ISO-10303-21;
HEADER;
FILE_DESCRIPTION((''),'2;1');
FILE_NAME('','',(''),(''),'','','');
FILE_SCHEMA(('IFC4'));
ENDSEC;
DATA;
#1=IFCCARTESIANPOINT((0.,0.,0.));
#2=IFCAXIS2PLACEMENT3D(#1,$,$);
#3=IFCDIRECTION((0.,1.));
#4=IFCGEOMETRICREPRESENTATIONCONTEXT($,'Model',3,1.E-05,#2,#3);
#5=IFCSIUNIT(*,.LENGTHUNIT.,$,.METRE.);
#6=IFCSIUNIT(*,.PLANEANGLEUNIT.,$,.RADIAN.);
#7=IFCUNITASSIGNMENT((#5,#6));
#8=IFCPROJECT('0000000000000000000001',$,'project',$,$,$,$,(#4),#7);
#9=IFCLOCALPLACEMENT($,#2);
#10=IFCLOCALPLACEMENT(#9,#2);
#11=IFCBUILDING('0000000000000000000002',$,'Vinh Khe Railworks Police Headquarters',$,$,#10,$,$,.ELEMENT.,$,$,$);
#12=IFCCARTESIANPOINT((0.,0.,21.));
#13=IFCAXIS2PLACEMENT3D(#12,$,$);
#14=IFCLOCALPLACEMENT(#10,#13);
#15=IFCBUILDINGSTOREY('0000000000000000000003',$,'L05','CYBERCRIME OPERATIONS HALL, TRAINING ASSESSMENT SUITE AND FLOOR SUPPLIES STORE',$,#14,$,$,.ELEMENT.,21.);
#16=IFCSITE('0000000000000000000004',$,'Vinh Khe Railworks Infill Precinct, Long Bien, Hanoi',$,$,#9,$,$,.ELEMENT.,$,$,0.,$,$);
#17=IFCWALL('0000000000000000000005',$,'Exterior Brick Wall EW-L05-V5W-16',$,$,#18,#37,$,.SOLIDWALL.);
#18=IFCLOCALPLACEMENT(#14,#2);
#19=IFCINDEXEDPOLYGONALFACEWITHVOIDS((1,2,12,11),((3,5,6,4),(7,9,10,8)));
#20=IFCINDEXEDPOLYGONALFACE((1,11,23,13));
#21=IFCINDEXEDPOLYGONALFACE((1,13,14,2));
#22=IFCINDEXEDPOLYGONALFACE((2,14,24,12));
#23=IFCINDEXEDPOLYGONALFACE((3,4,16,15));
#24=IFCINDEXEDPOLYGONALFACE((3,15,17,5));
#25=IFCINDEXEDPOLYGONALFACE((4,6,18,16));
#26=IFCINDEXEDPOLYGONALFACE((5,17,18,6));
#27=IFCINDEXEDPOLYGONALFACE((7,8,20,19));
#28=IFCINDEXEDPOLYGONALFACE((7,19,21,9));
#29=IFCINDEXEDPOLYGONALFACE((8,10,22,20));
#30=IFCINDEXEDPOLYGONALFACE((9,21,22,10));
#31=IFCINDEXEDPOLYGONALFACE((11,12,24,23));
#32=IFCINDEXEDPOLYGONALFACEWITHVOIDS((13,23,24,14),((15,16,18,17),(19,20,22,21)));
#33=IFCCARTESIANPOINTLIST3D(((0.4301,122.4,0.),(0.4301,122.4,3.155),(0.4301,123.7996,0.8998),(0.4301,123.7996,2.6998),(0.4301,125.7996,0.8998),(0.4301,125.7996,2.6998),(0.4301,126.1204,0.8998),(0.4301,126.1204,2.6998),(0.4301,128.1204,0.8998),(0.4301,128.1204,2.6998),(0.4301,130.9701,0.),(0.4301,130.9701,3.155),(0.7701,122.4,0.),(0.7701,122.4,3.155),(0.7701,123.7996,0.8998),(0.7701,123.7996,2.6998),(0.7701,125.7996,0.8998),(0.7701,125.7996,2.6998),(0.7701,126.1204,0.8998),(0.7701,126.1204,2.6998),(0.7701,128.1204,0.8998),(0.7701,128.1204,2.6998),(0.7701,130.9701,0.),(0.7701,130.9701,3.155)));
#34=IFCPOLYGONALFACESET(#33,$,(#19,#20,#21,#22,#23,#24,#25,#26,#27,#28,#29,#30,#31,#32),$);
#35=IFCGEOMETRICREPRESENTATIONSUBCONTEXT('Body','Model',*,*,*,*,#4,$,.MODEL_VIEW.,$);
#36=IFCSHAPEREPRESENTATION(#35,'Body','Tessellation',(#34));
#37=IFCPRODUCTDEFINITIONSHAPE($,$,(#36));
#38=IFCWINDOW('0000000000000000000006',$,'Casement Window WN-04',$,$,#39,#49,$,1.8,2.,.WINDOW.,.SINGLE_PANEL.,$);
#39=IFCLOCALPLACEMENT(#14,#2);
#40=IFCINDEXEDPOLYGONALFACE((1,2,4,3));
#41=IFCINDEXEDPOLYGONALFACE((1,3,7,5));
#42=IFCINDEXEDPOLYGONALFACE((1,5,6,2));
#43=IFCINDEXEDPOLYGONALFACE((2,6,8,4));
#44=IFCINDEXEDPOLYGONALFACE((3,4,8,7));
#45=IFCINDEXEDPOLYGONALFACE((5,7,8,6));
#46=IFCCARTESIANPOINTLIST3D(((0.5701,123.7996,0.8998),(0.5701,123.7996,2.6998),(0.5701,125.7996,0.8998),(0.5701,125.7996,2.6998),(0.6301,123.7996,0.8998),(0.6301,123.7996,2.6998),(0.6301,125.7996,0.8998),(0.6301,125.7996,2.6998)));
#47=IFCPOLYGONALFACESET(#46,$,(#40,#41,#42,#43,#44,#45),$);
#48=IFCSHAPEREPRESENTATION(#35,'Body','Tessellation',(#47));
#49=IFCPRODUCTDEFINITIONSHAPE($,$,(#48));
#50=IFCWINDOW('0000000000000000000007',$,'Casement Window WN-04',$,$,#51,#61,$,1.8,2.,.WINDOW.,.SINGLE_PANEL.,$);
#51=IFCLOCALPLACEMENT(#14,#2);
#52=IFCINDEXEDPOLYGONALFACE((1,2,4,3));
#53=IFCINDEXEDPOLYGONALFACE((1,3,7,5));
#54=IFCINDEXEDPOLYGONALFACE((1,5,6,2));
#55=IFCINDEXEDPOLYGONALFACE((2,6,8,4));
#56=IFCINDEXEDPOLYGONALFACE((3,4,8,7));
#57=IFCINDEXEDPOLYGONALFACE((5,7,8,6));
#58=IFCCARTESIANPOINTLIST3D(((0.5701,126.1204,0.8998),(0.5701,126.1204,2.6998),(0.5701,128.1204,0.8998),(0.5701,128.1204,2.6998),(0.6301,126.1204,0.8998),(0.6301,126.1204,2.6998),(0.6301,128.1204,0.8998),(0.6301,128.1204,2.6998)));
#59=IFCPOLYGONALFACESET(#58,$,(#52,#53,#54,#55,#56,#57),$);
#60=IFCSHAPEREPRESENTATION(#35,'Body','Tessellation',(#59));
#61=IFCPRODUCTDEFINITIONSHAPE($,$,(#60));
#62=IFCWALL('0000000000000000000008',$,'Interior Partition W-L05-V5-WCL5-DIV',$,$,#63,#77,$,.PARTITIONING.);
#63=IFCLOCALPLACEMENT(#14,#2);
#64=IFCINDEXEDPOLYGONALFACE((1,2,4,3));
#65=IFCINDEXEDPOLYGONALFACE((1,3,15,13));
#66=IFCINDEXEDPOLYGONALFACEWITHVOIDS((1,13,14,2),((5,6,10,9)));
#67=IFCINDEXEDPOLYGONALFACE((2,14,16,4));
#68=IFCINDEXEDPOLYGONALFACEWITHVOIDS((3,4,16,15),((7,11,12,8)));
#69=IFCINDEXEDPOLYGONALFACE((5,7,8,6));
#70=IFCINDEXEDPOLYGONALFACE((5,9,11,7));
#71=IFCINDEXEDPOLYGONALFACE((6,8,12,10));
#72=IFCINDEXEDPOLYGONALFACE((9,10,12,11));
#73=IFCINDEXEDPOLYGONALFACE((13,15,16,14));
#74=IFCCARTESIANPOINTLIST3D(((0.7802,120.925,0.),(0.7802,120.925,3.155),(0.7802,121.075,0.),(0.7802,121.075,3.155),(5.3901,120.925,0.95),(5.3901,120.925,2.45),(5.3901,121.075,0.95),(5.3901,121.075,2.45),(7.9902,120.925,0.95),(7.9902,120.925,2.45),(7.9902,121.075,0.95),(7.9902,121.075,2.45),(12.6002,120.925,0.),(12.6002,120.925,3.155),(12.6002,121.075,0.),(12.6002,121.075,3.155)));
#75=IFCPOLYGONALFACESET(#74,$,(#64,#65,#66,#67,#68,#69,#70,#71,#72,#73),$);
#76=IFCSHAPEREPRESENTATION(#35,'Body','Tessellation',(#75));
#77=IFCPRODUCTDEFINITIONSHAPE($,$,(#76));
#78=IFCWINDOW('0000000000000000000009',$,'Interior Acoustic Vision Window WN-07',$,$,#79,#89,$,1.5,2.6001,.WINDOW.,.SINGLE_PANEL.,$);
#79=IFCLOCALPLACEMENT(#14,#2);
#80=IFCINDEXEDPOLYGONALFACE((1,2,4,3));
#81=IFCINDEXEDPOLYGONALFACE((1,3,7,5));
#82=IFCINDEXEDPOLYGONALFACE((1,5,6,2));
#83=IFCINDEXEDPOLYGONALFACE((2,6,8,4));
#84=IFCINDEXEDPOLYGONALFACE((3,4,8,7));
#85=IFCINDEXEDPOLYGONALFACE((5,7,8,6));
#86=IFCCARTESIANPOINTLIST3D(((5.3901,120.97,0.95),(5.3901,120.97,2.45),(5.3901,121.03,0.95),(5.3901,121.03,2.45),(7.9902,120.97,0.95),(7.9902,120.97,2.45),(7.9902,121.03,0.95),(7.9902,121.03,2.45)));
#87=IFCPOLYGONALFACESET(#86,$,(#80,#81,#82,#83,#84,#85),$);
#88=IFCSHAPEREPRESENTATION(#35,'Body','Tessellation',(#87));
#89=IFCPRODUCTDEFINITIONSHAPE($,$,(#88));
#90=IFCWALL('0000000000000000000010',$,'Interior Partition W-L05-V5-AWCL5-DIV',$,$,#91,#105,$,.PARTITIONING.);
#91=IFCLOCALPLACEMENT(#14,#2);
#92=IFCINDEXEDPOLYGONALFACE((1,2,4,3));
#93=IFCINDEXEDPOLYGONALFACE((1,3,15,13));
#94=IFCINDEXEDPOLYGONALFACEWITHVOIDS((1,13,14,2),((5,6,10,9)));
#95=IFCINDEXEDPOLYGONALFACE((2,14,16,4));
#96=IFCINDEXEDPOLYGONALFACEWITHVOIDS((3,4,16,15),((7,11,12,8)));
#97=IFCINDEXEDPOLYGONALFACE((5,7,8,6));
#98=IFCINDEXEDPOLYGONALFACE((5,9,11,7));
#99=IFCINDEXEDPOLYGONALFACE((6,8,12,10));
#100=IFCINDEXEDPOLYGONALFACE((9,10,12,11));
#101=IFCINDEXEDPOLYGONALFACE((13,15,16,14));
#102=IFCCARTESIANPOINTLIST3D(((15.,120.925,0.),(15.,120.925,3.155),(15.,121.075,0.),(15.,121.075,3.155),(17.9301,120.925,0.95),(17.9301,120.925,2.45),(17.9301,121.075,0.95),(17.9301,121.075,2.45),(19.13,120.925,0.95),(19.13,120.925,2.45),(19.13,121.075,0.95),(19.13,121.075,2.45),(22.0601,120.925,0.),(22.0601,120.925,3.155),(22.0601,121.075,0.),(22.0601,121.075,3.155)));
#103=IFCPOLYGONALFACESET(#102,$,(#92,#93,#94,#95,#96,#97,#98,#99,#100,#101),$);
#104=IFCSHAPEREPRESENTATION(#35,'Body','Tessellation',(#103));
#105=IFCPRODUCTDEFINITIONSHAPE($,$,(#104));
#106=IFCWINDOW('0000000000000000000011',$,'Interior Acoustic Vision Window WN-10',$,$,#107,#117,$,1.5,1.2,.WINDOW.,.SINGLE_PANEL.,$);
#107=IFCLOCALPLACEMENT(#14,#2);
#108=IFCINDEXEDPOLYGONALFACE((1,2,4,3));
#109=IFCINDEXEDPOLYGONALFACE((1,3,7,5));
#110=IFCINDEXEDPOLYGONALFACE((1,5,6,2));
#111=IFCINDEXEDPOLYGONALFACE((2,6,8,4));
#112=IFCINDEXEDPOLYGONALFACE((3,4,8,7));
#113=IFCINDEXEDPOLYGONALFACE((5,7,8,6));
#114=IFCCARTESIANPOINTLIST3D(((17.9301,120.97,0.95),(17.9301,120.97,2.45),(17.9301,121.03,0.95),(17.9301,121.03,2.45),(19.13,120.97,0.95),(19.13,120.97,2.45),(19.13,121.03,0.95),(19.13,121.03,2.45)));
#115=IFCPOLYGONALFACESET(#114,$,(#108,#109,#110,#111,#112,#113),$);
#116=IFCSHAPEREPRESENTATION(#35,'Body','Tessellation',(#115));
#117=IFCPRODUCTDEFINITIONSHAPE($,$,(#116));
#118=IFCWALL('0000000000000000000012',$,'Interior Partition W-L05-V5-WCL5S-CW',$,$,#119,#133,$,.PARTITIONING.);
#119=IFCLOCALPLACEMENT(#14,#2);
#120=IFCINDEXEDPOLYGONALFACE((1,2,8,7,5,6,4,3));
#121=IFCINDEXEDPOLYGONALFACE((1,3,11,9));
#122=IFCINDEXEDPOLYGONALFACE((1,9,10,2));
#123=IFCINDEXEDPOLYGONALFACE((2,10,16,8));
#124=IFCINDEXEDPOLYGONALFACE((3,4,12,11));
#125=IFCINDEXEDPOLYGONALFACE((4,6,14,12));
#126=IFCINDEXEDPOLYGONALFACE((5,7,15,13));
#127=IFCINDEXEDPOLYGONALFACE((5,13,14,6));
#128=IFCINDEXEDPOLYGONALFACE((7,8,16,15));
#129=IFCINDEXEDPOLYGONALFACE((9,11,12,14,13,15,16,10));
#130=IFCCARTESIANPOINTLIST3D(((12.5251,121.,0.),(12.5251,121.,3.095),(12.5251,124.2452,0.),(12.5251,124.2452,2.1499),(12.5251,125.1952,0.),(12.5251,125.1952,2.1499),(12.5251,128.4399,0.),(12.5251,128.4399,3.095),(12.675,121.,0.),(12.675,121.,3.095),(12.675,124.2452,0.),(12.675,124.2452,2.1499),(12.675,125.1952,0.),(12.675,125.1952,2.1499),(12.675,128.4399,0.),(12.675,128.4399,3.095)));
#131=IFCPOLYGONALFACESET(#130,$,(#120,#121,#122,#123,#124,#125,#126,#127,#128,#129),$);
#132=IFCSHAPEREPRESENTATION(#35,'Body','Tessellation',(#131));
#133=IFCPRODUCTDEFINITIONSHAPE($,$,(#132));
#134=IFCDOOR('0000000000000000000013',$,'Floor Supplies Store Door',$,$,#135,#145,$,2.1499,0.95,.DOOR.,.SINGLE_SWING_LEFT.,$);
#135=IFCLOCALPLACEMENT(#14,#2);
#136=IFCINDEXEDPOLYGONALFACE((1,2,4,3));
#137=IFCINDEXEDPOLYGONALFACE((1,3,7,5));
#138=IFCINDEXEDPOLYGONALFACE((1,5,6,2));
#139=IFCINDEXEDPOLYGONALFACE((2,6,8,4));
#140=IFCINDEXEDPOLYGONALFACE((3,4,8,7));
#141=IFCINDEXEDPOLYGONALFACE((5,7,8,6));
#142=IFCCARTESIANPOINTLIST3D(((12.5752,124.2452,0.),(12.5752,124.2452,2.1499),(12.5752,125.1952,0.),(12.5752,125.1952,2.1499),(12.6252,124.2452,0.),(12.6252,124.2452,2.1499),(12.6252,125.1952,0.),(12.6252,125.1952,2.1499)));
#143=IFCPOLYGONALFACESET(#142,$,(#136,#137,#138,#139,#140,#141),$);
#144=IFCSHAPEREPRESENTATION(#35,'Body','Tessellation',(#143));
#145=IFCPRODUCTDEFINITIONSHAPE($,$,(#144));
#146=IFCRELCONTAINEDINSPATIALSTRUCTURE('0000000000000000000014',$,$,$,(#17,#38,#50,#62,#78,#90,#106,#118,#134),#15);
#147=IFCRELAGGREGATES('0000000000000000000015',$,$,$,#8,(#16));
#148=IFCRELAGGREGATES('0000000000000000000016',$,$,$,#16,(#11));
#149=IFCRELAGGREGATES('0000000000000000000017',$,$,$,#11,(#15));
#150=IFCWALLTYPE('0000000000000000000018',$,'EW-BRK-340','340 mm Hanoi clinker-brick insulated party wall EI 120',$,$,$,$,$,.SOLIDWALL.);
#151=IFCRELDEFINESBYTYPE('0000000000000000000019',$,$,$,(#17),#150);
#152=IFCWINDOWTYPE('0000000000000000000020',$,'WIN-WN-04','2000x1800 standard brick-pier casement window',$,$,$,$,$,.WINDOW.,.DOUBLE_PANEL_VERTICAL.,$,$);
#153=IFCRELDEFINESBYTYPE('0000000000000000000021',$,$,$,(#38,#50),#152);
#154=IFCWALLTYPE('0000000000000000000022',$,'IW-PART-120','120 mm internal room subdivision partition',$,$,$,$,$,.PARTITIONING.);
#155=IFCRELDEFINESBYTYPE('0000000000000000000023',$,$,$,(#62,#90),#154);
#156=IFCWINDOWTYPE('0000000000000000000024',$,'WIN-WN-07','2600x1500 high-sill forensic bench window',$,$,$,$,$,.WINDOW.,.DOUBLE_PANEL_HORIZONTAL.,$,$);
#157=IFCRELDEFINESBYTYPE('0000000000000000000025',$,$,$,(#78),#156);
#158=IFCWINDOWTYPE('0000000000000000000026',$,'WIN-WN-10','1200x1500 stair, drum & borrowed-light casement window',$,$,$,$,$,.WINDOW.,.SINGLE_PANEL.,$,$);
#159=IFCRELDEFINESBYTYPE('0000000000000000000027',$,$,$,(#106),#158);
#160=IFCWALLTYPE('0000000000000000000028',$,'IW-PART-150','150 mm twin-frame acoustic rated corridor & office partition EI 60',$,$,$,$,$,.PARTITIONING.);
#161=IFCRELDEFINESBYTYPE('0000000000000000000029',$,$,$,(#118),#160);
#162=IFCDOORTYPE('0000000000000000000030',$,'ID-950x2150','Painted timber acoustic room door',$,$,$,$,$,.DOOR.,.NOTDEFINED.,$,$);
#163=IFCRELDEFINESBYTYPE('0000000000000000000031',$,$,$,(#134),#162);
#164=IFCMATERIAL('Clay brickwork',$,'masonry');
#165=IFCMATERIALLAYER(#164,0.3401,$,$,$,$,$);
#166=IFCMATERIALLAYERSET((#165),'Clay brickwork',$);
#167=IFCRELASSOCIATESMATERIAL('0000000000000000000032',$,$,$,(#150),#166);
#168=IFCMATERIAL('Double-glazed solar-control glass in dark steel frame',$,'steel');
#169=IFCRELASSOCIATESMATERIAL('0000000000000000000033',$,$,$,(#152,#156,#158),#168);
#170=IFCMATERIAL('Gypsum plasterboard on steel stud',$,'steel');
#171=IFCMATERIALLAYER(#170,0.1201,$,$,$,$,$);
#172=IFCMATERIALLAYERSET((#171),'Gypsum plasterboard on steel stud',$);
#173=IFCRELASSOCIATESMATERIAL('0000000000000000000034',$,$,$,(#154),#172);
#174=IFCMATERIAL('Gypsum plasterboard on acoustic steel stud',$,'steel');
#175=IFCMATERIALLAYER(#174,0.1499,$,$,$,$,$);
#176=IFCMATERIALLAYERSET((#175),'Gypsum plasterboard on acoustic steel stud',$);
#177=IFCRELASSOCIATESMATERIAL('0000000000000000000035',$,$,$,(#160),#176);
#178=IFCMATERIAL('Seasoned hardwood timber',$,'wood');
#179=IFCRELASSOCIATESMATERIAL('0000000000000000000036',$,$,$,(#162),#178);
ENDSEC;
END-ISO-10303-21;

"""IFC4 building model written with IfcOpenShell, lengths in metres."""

from ifc_helpers import new_model, si_unit, direction, frame, frame_2d, origin, place, context, subcontext, project, spatial, rectangle, extrude, material, layer, layer_set, type_object, element, fill, save


model = new_model("IFC4")

# Units and contexts
model_context = context("Model", 3, precision=1e-05, world=origin(), true_north=direction((0.0, 1.0)))
body_context = subcontext(model_context, "Body", "Model", "MODEL_VIEW")
ifc_project = project(units=[si_unit("LENGTHUNIT", "METRE"), si_unit("PLANEANGLEUNIT", "RADIAN")], contexts=[model_context])

# Site, building, storey
site_placement = place(None, origin())
site = spatial("IfcSite", under=ifc_project, at=site_placement, Name="Vinh Khe Railworks Infill Precinct, Long Bien, Hanoi", CompositionType="ELEMENT", RefElevation=0.0)
building_placement = place(site_placement, origin())
building = spatial("IfcBuilding", under=site, at=building_placement, Name="Vinh Khe Railworks Police Headquarters", CompositionType="ELEMENT")
storey_placement = place(building_placement, frame((0.0, 0.0, 21.0)))
storey = spatial("IfcBuildingStorey", under=building, at=storey_placement, Name="L05", Description="CYBERCRIME OPERATIONS HALL, TRAINING ASSESSMENT SUITE AND FLOOR SUPPLIES STORE", CompositionType="ELEMENT", Elevation=21.0)

# Wall, openings, windows
ifc_material_1 = material(Name="Clay brickwork", Category="masonry")
ifc_layer_1 = layer(ifc_material_1, 0.3401)
ifc_layer_set_1 = layer_set([ifc_layer_1], Name="Clay brickwork")
wall_type_1 = type_object("IfcWallType", Name="EW-BRK-340", Description="340 mm Hanoi clinker-brick insulated party wall EI 120", PredefinedType="SOLIDWALL", material=ifc_layer_set_1)
wall_1_placement = place(storey_placement, frame((0.6001, 122.3999, 0.0), z_axis=(0.0, 0.0, 1.0), x_axis=(0.0, 1.0, 0.0)))
wall_1 = element("IfcWall", 1, at=wall_1_placement, inside=storey, type_object=wall_type_1, Name="Exterior Brick Wall EW-L05-V5W-16", PredefinedType="SOLIDWALL", context=body_context, shape_type="SweptSolid", body=[
    extrude(rectangle(XDim=8.5701, YDim=0.3401, at=frame_2d((4.2852, 0.0))), origin(), (0.0, 0.0, 1.0), 3.155),
])
opening_1_placement = place(wall_1_placement, frame((1.3997, 0.0, 0.8999)))
opening_1 = element("IfcOpeningElement", 2, at=opening_1_placement, cuts=wall_1, PredefinedType="OPENING", context=body_context, shape_type="SweptSolid", body=[
    extrude(rectangle(XDim=2.0, YDim=1.8, at=frame_2d((1.0, 0.8999))), frame((0.0, 0.1851, 0.0), z_axis=(0.0, -1.0, 0.0), x_axis=(1.0, 0.0, 0.0)), (0.0, 0.0, 1.0), 0.3699),
])
opening_2_placement = place(wall_1_placement, frame((3.7205, 0.0, 0.8999)))
opening_2 = element("IfcOpeningElement", 3, at=opening_2_placement, cuts=wall_1, PredefinedType="OPENING", context=body_context, shape_type="SweptSolid", body=[
    extrude(rectangle(XDim=2.0, YDim=1.8, at=frame_2d((1.0, 0.8999))), frame((0.0, 0.1851, 0.0), z_axis=(0.0, -1.0, 0.0), x_axis=(1.0, 0.0, 0.0)), (0.0, 0.0, 1.0), 0.3699),
])
ifc_material_2 = material(Name="Double-glazed solar-control glass in dark steel frame", Category="steel")
window_type_1 = type_object("IfcWindowType", Name="WIN-WN-04", Description="2000x1800 standard brick-pier casement window", PartitioningType="DOUBLE_PANEL_VERTICAL", PredefinedType="WINDOW", material=ifc_material_2)
window_1_placement = place(opening_1_placement, origin())
window_1 = element("IfcWindow", 4, at=window_1_placement, inside=storey, type_object=window_type_1, Name="Casement Window WN-04", OverallHeight=1.8, OverallWidth=2.0, PartitioningType="SINGLE_PANEL", PredefinedType="WINDOW", context=body_context, shape_type="SweptSolid", body=[
    extrude(rectangle(XDim=2.0, YDim=1.8, at=frame_2d((1.0, 0.8999))), frame((0.0, 0.03, 0.0), z_axis=(0.0, -1.0, 0.0), x_axis=(1.0, 0.0, 0.0)), (0.0, 0.0, 1.0), 0.0601),
])
fill(opening_1, window_1)
window_2_placement = place(opening_2_placement, origin())
window_2 = element("IfcWindow", 5, at=window_2_placement, inside=storey, type_object=window_type_1, Name="Casement Window WN-04", OverallHeight=1.8, OverallWidth=2.0, PartitioningType="SINGLE_PANEL", PredefinedType="WINDOW", context=body_context, shape_type="SweptSolid", body=[
    extrude(rectangle(XDim=2.0, YDim=1.8, at=frame_2d((1.0, 0.8999))), frame((0.0, 0.03, 0.0), z_axis=(0.0, -1.0, 0.0), x_axis=(1.0, 0.0, 0.0)), (0.0, 0.0, 1.0), 0.0601),
])
fill(opening_2, window_2)

# Walls, openings, windows
ifc_material_3 = material(Name="Gypsum plasterboard on steel stud", Category="steel")
ifc_layer_2 = layer(ifc_material_3, 0.1201)
ifc_layer_set_2 = layer_set([ifc_layer_2], Name="Gypsum plasterboard on steel stud")
wall_type_2 = type_object("IfcWallType", Name="IW-PART-120", Description="120 mm internal room subdivision partition", PredefinedType="PARTITIONING", material=ifc_layer_set_2)
wall_2_placement = place(storey_placement, frame((0.78, 121.0, 0.0), z_axis=(0.0, 0.0, 1.0), x_axis=(1.0, 0.0, 0.0)))
wall_2 = element("IfcWall", 6, at=wall_2_placement, inside=storey, type_object=wall_type_2, Name="Interior Partition W-L05-V5-WCL5-DIV", PredefinedType="PARTITIONING", context=body_context, shape_type="SweptSolid", body=[
    extrude(rectangle(XDim=11.8201, YDim=0.1499, at=frame_2d((5.9102, 0.0))), origin(), (0.0, 0.0, 1.0), 3.155),
])
opening_3_placement = place(wall_2_placement, frame((4.6101, 0.0, 0.95)))
opening_3 = element("IfcOpeningElement", 7, at=opening_3_placement, cuts=wall_2, PredefinedType="OPENING", context=body_context, shape_type="SweptSolid", body=[
    extrude(rectangle(XDim=2.6001, YDim=1.5, at=frame_2d((1.3, 0.75))), frame((0.0, 0.0898, 0.0), z_axis=(0.0, -1.0, 0.0), x_axis=(1.0, 0.0, 0.0)), (0.0, 0.0, 1.0), 0.1797),
])
window_type_2 = type_object("IfcWindowType", Name="WIN-WN-07", Description="2600x1500 high-sill forensic bench window", PartitioningType="DOUBLE_PANEL_HORIZONTAL", PredefinedType="WINDOW", material=ifc_material_2)
window_3_placement = place(opening_3_placement, origin())
window_3 = element("IfcWindow", 8, at=window_3_placement, inside=storey, type_object=window_type_2, Name="Interior Acoustic Vision Window WN-07", OverallHeight=1.5, OverallWidth=2.6001, PartitioningType="SINGLE_PANEL", PredefinedType="WINDOW", context=body_context, shape_type="SweptSolid", body=[
    extrude(rectangle(XDim=2.6001, YDim=1.5, at=frame_2d((1.3, 0.75))), frame((0.0, 0.03, 0.0), z_axis=(0.0, -1.0, 0.0), x_axis=(1.0, 0.0, 0.0)), (0.0, 0.0, 1.0), 0.0601),
])
fill(opening_3, window_3)
wall_3_placement = place(storey_placement, frame((15.0, 121.0, 0.0), z_axis=(0.0, 0.0, 1.0), x_axis=(1.0, 0.0, 0.0)))
wall_3 = element("IfcWall", 9, at=wall_3_placement, inside=storey, type_object=wall_type_2, Name="Interior Partition W-L05-V5-AWCL5-DIV", PredefinedType="PARTITIONING", context=body_context, shape_type="SweptSolid", body=[
    extrude(rectangle(XDim=7.0601, YDim=0.1499, at=frame_2d((3.53, 0.0))), origin(), (0.0, 0.0, 1.0), 3.155),
])
opening_4_placement = place(wall_3_placement, frame((2.9299, 0.0, 0.95)))
opening_4 = element("IfcOpeningElement", 10, at=opening_4_placement, cuts=wall_3, PredefinedType="OPENING", context=body_context, shape_type="SweptSolid", body=[
    extrude(rectangle(XDim=1.2, YDim=1.5, at=frame_2d((0.6001, 0.75))), frame((0.0, 0.0898, 0.0), z_axis=(0.0, -1.0, 0.0), x_axis=(1.0, 0.0, 0.0)), (0.0, 0.0, 1.0), 0.1797),
])
window_type_3 = type_object("IfcWindowType", Name="WIN-WN-10", Description="1200x1500 stair, drum & borrowed-light casement window", PartitioningType="SINGLE_PANEL", PredefinedType="WINDOW", material=ifc_material_2)
window_4_placement = place(opening_4_placement, origin())
window_4 = element("IfcWindow", 11, at=window_4_placement, inside=storey, type_object=window_type_3, Name="Interior Acoustic Vision Window WN-10", OverallHeight=1.5, OverallWidth=1.2, PartitioningType="SINGLE_PANEL", PredefinedType="WINDOW", context=body_context, shape_type="SweptSolid", body=[
    extrude(rectangle(XDim=1.2, YDim=1.5, at=frame_2d((0.6001, 0.75))), frame((0.0, 0.03, 0.0), z_axis=(0.0, -1.0, 0.0), x_axis=(1.0, 0.0, 0.0)), (0.0, 0.0, 1.0), 0.0601),
])
fill(opening_4, window_4)

# Wall, opening, door
ifc_material_4 = material(Name="Gypsum plasterboard on acoustic steel stud", Category="steel")
ifc_layer_3 = layer(ifc_material_4, 0.1499)
ifc_layer_set_3 = layer_set([ifc_layer_3], Name="Gypsum plasterboard on acoustic steel stud")
wall_type_3 = type_object("IfcWallType", Name="IW-PART-150", Description="150 mm twin-frame acoustic rated corridor & office partition EI 60", PredefinedType="PARTITIONING", material=ifc_layer_set_3)
wall_4_placement = place(storey_placement, frame((12.6001, 121.0, 0.0), z_axis=(0.0, 0.0, 1.0), x_axis=(0.0, 1.0, 0.0)))
wall_4 = element("IfcWall", 12, at=wall_4_placement, inside=storey, type_object=wall_type_3, Name="Interior Partition W-L05-V5-WCL5S-CW", PredefinedType="PARTITIONING", context=body_context, shape_type="SweptSolid", body=[
    extrude(rectangle(XDim=7.4399, YDim=0.1499, at=frame_2d((3.72, 0.0))), origin(), (0.0, 0.0, 1.0), 3.095),
])
opening_5_placement = place(wall_4_placement, frame((3.2451, 0.0, 0.0)))
opening_5 = element("IfcOpeningElement", 13, at=opening_5_placement, cuts=wall_4, PredefinedType="OPENING", context=body_context, shape_type="SweptSolid", body=[
    extrude(rectangle(XDim=0.95, YDim=2.1499, at=frame_2d((0.4751, 1.075))), frame((0.0, 0.0898, 0.0), z_axis=(0.0, -1.0, 0.0), x_axis=(1.0, 0.0, 0.0)), (0.0, 0.0, 1.0), 0.1797),
])
ifc_material_5 = material(Name="Seasoned hardwood timber", Category="wood")
door_type = type_object("IfcDoorType", Name="ID-950x2150", Description="Painted timber acoustic room door", OperationType="NOTDEFINED", PredefinedType="DOOR", material=ifc_material_5)
door_1_placement = place(opening_5_placement, origin())
door_1 = element("IfcDoor", 14, at=door_1_placement, inside=storey, type_object=door_type, Name="Floor Supplies Store Door", OperationType="SINGLE_SWING_LEFT", OverallHeight=2.1499, OverallWidth=0.95, PredefinedType="DOOR", context=body_context, shape_type="SweptSolid", body=[
    extrude(rectangle(XDim=0.95, YDim=2.1499, at=frame_2d((0.4751, 1.075))), frame((0.0, 0.0249, 0.0), z_axis=(0.0, -1.0, 0.0), x_axis=(1.0, 0.0, 0.0)), (0.0, 0.0, 1.0), 0.05),
])
fill(opening_5, door_1)

save(model, "model.ifc")
